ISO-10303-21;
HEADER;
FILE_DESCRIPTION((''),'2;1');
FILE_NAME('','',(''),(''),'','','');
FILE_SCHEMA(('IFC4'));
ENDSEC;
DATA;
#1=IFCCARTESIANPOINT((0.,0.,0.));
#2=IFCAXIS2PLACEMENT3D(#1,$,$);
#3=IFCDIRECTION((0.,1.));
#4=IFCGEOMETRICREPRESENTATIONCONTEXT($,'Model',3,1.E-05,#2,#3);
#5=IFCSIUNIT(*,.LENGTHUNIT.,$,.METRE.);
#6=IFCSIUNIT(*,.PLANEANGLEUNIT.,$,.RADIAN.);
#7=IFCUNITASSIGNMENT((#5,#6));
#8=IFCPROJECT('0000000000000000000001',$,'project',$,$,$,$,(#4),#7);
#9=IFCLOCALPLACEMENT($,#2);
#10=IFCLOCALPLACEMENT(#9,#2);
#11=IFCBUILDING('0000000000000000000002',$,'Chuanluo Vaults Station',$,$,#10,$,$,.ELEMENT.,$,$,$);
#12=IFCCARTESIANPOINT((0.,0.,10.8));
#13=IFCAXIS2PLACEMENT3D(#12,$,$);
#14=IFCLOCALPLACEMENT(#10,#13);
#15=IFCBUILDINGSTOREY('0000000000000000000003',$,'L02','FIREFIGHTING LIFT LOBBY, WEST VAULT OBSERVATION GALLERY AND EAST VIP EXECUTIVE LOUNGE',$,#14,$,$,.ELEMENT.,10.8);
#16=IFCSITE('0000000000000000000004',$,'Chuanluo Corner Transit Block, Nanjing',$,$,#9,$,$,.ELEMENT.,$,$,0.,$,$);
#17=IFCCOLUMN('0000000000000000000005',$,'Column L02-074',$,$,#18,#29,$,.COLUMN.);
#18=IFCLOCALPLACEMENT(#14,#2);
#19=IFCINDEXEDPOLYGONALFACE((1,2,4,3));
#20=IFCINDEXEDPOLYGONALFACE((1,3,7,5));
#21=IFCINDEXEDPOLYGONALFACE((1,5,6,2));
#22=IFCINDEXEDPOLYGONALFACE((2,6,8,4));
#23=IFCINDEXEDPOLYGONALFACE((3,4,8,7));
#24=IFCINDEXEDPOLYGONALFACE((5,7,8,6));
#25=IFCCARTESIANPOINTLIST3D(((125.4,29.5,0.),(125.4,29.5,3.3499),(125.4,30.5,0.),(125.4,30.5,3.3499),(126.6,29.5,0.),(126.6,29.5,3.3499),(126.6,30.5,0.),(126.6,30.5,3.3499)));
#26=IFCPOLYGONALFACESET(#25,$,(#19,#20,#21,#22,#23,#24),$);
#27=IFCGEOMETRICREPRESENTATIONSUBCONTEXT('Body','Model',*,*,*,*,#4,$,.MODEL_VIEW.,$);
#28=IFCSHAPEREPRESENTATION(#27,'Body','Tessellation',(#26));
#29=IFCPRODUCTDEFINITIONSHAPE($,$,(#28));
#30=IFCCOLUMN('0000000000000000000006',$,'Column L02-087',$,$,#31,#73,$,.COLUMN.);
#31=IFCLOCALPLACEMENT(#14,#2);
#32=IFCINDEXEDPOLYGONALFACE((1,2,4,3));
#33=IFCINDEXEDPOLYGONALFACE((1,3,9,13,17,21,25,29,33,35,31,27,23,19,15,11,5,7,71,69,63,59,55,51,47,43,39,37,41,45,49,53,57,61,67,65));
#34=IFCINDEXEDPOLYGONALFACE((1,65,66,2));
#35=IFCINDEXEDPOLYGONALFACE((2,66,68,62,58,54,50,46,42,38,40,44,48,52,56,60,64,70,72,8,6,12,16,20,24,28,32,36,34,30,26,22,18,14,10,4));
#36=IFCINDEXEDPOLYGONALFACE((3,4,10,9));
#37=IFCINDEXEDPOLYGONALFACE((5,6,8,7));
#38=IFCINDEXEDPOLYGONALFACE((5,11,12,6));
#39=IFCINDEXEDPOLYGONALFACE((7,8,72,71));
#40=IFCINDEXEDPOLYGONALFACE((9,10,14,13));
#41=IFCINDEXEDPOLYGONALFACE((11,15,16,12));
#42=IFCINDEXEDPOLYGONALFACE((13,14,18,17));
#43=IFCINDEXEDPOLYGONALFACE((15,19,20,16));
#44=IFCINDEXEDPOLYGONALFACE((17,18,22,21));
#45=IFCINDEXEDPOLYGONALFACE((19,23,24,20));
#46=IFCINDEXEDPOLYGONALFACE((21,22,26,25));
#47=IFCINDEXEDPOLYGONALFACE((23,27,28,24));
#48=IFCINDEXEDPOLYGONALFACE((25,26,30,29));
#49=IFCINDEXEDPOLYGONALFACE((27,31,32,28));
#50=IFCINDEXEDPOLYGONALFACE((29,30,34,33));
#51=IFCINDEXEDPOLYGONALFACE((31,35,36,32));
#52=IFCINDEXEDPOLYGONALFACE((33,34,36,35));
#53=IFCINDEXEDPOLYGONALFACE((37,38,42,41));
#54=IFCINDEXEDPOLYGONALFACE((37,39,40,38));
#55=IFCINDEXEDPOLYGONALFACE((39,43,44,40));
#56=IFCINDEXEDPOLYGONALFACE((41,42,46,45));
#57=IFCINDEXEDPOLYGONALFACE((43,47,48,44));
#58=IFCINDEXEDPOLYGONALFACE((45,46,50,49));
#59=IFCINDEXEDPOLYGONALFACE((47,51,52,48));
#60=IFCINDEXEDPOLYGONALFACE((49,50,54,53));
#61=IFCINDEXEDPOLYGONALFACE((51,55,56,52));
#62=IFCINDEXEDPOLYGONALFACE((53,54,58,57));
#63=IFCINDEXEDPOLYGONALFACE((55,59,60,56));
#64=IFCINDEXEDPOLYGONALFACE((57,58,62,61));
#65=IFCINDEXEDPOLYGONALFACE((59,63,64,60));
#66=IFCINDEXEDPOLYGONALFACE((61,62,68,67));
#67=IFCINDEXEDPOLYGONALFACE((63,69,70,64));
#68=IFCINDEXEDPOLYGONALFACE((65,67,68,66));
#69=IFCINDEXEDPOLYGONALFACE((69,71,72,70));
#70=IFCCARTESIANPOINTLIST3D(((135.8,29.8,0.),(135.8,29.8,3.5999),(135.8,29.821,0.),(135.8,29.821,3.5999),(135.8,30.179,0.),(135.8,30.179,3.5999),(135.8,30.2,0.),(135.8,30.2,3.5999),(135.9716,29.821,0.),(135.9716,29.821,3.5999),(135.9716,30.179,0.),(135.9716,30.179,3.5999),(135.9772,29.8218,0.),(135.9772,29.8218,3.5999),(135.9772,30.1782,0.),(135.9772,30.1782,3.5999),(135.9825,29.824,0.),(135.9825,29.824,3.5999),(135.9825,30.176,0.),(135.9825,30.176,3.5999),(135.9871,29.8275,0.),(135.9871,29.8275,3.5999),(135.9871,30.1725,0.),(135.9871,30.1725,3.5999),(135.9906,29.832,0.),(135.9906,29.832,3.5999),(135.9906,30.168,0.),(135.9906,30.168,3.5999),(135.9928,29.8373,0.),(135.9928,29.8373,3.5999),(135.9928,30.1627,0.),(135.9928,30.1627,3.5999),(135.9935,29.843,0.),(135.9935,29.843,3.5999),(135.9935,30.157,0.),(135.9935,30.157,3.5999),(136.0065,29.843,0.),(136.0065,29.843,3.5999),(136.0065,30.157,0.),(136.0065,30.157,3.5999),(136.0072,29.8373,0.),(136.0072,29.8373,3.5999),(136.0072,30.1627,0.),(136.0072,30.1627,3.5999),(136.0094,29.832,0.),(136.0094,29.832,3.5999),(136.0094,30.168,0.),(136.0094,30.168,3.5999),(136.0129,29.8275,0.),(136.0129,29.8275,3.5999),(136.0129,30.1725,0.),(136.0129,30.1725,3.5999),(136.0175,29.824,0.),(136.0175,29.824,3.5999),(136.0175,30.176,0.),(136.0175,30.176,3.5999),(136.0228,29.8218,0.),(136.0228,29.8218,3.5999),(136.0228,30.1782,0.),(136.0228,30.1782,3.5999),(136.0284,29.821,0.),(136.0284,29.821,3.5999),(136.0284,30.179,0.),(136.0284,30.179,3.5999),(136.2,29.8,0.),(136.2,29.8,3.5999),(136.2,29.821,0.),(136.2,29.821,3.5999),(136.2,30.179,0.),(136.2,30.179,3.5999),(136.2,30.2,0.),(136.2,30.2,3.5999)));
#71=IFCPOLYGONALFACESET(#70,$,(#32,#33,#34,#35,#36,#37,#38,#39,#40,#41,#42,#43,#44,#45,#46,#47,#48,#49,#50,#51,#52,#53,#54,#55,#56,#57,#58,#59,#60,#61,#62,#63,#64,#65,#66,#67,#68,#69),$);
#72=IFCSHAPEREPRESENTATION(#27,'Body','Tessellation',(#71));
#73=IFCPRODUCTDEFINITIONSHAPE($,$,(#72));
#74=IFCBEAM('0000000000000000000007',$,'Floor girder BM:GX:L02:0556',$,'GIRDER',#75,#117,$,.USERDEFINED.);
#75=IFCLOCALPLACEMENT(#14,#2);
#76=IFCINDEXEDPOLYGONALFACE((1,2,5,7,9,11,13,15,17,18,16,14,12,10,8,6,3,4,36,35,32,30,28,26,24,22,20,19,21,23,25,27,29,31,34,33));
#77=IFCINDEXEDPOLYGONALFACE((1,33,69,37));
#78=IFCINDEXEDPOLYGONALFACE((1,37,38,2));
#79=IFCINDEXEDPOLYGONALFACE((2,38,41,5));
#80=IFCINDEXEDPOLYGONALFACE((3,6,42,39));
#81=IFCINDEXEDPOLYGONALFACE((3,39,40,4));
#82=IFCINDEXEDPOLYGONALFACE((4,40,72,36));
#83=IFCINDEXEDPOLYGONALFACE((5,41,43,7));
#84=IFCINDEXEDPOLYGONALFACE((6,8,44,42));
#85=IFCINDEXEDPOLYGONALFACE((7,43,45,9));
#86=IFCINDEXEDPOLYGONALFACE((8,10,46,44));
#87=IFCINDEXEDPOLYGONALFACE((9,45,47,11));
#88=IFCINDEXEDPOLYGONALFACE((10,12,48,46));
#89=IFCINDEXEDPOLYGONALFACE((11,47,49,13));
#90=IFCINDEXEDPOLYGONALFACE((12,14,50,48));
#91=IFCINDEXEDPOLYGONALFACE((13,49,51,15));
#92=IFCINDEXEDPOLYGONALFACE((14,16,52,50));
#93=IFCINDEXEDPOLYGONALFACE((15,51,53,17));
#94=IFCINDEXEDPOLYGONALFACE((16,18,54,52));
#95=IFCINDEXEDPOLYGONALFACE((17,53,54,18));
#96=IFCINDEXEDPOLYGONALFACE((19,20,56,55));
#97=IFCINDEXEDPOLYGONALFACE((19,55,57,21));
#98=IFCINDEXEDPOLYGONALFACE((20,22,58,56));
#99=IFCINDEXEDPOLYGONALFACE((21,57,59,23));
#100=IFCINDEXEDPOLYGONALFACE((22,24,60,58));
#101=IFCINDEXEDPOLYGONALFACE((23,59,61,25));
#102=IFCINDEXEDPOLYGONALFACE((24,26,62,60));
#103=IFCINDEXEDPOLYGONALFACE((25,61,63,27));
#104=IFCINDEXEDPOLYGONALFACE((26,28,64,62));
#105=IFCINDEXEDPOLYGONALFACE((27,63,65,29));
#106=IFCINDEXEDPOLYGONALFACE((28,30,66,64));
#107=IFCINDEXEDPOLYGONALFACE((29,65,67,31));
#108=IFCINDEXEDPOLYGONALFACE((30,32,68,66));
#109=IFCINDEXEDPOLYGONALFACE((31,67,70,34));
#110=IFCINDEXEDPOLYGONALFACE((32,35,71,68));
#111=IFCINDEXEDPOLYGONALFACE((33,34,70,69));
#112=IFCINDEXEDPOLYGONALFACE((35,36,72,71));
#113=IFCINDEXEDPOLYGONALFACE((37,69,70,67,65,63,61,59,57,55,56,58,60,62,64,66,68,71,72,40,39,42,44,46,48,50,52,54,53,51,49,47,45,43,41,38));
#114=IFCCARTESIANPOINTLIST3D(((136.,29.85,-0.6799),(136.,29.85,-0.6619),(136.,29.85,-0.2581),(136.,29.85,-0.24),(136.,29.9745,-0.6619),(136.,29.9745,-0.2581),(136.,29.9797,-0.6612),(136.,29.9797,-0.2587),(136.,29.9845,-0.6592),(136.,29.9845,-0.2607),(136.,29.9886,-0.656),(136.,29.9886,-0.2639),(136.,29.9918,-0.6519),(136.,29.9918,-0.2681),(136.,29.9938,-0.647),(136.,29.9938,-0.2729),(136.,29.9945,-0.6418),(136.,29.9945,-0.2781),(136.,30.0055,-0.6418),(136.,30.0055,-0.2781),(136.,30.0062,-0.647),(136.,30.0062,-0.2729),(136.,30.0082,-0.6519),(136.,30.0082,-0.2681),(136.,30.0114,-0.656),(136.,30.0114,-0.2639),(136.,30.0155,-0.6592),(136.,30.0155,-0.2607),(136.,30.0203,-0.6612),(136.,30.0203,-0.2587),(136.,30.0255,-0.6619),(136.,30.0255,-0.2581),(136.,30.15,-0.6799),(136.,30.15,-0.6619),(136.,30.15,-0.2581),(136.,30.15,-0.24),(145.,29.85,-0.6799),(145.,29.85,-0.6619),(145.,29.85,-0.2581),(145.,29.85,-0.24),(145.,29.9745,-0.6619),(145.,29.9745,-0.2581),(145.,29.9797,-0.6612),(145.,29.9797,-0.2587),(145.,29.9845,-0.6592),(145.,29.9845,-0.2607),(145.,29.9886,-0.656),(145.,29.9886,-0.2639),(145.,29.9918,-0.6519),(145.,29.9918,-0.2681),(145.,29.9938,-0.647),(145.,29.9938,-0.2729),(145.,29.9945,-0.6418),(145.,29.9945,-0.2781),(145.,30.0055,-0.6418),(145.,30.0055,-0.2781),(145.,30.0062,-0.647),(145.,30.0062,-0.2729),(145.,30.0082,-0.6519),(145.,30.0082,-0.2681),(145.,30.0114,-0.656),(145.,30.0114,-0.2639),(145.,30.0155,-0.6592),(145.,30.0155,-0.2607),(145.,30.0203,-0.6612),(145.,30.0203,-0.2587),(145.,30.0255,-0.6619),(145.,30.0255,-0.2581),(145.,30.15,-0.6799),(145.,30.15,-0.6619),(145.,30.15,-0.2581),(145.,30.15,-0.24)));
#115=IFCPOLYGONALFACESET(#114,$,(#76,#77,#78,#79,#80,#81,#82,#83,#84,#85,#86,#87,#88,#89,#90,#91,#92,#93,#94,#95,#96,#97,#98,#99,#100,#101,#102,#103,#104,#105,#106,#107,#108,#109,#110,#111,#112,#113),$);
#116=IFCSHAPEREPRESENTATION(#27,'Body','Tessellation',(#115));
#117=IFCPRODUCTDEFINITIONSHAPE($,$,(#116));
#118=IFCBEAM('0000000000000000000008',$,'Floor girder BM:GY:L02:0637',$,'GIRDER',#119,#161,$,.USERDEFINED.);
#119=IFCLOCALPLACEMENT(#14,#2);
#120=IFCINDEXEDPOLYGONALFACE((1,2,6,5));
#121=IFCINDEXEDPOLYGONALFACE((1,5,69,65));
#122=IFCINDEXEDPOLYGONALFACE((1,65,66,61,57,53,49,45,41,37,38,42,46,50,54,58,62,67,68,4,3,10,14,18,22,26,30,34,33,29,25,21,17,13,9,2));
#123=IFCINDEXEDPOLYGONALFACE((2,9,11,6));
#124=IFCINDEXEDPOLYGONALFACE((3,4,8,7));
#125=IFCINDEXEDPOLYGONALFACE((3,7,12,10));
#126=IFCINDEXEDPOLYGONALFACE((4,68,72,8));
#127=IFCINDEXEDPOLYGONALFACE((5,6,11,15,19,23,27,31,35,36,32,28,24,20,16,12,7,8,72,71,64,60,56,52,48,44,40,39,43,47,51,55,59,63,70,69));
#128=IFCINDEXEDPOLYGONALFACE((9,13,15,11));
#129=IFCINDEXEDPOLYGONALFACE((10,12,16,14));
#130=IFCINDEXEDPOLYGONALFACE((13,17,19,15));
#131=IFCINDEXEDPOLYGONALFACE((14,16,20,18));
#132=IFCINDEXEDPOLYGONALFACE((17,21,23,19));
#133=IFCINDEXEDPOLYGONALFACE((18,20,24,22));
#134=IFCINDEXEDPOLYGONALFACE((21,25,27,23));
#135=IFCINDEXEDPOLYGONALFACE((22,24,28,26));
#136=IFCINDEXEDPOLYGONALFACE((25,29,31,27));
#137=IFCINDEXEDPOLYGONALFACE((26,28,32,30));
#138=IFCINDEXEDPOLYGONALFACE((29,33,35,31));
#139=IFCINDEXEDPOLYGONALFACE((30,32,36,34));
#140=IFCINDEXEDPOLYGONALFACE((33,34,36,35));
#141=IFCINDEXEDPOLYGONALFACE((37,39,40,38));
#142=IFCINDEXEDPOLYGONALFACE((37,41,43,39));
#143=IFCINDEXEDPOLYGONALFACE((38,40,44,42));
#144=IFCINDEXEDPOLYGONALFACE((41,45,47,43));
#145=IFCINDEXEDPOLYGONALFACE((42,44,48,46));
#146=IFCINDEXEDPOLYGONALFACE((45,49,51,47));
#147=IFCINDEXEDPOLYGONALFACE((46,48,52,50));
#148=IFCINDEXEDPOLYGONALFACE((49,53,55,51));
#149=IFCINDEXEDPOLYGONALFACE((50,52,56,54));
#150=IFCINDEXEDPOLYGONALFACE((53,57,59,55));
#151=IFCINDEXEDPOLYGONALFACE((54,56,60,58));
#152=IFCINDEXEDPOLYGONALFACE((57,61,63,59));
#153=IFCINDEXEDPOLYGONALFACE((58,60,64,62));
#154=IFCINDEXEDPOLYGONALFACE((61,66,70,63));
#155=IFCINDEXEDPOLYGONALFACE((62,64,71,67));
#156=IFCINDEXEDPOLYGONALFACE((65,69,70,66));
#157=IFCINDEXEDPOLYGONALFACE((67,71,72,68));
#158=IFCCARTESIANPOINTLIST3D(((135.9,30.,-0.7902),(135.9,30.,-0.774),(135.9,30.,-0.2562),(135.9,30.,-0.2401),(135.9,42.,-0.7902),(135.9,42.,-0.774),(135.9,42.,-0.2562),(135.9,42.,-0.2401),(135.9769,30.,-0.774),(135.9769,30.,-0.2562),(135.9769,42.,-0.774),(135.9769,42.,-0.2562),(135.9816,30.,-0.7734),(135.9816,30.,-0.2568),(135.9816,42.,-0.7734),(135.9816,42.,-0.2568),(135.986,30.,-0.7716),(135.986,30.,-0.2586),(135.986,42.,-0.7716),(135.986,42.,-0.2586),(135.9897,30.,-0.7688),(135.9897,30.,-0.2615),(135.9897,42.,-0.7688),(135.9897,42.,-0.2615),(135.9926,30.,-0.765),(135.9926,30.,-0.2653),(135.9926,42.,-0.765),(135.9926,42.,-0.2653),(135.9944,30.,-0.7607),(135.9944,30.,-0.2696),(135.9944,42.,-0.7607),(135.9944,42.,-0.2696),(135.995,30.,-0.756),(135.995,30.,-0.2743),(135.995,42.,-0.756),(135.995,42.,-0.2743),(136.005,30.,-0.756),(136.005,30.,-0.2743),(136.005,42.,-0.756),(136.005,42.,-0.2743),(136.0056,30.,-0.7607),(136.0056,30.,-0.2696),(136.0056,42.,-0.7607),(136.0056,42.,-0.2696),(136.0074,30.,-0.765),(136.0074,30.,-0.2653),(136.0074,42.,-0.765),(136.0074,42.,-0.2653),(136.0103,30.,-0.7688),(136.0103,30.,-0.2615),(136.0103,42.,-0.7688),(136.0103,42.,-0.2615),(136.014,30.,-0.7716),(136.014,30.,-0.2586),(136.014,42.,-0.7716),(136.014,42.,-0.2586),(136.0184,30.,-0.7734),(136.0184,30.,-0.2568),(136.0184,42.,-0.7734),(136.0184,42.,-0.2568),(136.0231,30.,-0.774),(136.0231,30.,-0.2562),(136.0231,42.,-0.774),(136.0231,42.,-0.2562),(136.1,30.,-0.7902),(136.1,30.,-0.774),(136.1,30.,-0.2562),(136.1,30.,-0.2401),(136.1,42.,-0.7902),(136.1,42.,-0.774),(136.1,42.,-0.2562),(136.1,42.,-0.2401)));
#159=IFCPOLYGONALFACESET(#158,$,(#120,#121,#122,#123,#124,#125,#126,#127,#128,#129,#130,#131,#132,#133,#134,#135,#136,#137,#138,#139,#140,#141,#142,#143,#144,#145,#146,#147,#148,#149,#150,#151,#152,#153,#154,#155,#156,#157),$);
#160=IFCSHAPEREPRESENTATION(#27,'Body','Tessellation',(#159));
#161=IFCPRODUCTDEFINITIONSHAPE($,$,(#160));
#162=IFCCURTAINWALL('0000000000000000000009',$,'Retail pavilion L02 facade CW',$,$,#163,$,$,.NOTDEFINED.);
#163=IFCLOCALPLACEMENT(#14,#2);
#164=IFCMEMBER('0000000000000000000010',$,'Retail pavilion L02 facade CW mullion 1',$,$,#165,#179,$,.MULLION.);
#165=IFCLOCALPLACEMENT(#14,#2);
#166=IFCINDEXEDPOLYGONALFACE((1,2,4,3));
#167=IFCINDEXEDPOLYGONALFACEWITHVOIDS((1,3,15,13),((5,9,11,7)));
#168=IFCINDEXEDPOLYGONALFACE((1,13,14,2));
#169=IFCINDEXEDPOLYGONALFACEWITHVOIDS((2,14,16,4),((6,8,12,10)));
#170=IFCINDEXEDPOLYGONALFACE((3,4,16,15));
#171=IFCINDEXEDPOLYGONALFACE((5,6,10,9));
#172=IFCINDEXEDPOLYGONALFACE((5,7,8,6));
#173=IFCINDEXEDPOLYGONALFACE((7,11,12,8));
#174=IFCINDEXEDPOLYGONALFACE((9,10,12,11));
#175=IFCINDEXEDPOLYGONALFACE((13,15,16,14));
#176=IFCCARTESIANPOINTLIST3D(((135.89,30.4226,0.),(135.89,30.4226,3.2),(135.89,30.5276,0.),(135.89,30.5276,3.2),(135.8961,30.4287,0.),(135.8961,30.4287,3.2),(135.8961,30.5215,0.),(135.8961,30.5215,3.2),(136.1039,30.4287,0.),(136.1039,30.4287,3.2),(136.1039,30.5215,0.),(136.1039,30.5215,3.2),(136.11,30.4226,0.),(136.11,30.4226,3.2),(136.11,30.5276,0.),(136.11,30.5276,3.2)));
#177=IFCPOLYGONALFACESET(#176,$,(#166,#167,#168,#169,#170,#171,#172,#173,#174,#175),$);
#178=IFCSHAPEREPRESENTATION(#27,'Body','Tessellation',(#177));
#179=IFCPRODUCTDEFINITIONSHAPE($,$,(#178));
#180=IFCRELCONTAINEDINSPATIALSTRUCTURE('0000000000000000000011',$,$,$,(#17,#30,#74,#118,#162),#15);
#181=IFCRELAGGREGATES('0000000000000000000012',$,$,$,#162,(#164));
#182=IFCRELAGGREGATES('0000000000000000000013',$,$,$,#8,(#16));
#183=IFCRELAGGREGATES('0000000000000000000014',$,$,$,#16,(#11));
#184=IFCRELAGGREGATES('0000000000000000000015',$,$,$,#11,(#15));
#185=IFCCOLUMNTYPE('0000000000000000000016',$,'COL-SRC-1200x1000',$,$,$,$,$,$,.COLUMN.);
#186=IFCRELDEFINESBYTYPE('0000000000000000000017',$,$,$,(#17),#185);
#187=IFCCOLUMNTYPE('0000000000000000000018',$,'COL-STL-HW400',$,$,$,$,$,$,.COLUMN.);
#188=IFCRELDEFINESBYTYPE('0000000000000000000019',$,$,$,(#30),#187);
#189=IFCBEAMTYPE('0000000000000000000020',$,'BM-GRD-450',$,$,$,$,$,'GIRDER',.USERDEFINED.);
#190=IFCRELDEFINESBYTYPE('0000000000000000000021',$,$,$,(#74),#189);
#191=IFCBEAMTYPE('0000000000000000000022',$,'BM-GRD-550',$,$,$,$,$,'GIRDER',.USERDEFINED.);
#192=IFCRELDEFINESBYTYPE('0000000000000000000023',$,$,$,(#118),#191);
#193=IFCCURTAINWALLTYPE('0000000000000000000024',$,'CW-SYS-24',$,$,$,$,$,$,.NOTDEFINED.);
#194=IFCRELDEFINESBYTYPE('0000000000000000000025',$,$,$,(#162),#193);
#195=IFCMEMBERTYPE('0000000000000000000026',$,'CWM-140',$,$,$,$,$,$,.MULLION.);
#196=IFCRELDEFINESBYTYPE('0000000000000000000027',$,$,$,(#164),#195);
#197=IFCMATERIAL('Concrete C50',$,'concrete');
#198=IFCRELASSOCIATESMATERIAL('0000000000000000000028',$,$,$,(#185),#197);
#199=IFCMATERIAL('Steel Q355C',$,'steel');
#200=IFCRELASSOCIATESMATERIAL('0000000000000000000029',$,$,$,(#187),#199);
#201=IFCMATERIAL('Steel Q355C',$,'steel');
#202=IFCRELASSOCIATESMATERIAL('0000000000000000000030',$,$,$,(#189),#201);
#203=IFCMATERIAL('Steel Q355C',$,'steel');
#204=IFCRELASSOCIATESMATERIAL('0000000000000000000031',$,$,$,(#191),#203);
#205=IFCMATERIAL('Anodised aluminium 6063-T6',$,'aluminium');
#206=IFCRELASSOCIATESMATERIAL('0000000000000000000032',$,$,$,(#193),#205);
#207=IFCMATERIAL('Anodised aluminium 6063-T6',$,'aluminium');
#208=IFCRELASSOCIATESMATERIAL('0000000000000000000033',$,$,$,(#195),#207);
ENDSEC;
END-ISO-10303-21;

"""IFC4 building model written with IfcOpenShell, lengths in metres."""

from ifc_helpers import new_model, si_unit, direction, frame, origin, origin_2d, place, context, subcontext, project, spatial, rectangle, hollow_rectangle, i_section, extrude, material, material_profile, profile_set, type_object, element, aggregate, save


model = new_model("IFC4")

# Units and contexts
model_context = context("Model", 3, precision=1e-05, world=origin(), true_north=direction((0.0, 1.0)))
body_context = subcontext(model_context, "Body", "Model", "MODEL_VIEW")
ifc_project = project(units=[si_unit("LENGTHUNIT", "METRE"), si_unit("PLANEANGLEUNIT", "RADIAN")], contexts=[model_context])

# Site, building, storey
site_placement = place(None, origin())
site = spatial("IfcSite", under=ifc_project, at=site_placement, Name="Chuanluo Corner Transit Block, Nanjing", CompositionType="ELEMENT", RefElevation=0.0)
building_placement = place(site_placement, origin())
building = spatial("IfcBuilding", under=site, at=building_placement, Name="Chuanluo Vaults Station", CompositionType="ELEMENT")
storey_placement = place(building_placement, frame((0.0, 0.0, 10.8)))
storey = spatial("IfcBuildingStorey", under=building, at=storey_placement, Name="L02", Description="FIREFIGHTING LIFT LOBBY, WEST VAULT OBSERVATION GALLERY AND EAST VIP EXECUTIVE LOUNGE", CompositionType="ELEMENT", Elevation=10.8)

# Columns
ifc_material_1 = material(Name="Concrete C50", Category="concrete")
ifc_material_profile_1 = material_profile(ifc_material_1, rectangle(XDim=1.2, YDim=1.0, at=origin_2d()))
ifc_profile_set_1 = profile_set([ifc_material_profile_1], Name="Concrete C50")
column_type_1 = type_object("IfcColumnType", Name="COL-SRC-1200x1000", PredefinedType="COLUMN", material=ifc_profile_set_1)
column_1_placement = place(storey_placement, frame((126.0, 30.0, 0.0), z_axis=(0.0, 0.0, 1.0), x_axis=(1.0, 0.0, 0.0)))
element("IfcColumn", 1, at=column_1_placement, inside=storey, type_object=column_type_1, Name="Column L02-074", PredefinedType="COLUMN", context=body_context, shape_type="SweptSolid", body=[
    extrude(rectangle(XDim=1.2, YDim=1.0, at=origin_2d()), origin(), (0.0, 0.0, 1.0), 3.3499),
])
ifc_material_2 = material(Name="Steel Q355C", Category="steel")
ifc_material_profile_2 = material_profile(ifc_material_2, i_section(OverallWidth=0.3999, OverallDepth=0.3999, WebThickness=0.0129, FlangeThickness=0.021, FilletRadius=0.022, at=origin_2d()))
ifc_profile_set_2 = profile_set([ifc_material_profile_2], Name="Steel Q355C")
column_type_2 = type_object("IfcColumnType", Name="COL-STL-HW400", PredefinedType="COLUMN", material=ifc_profile_set_2)
column_2_placement = place(storey_placement, frame((136.0, 30.0, 0.0), z_axis=(0.0, 0.0, 1.0), x_axis=(1.0, 0.0, 0.0)))
element("IfcColumn", 2, at=column_2_placement, inside=storey, type_object=column_type_2, Name="Column L02-087", PredefinedType="COLUMN", context=body_context, shape_type="SweptSolid", body=[
    extrude(i_section(OverallWidth=0.3999, OverallDepth=0.3999, WebThickness=0.0129, FlangeThickness=0.021, FilletRadius=0.022, at=origin_2d()), origin(), (0.0, 0.0, 1.0), 3.5999),
])

# Beams
ifc_material_3 = material(Name="Steel Q355C", Category="steel")
ifc_material_profile_3 = material_profile(ifc_material_3, i_section(OverallWidth=0.3, OverallDepth=0.4399, WebThickness=0.011, FlangeThickness=0.0181, FilletRadius=0.02, at=origin_2d()))
ifc_profile_set_3 = profile_set([ifc_material_profile_3], Name="Steel Q355C")
beam_type_1 = type_object("IfcBeamType", Name="BM-GRD-450", ElementType="GIRDER", PredefinedType="USERDEFINED", material=ifc_profile_set_3)
beam_1_placement = place(storey_placement, frame((136.0, 30.0, -0.46), z_axis=(1.0, 0.0, 0.0), x_axis=(0.0, 1.0, 0.0)))
element("IfcBeam", 3, at=beam_1_placement, inside=storey, type_object=beam_type_1, Name="Floor girder BM:GX:L02:0556", ObjectType="GIRDER", PredefinedType="USERDEFINED", context=body_context, shape_type="SweptSolid", body=[
    extrude(i_section(OverallWidth=0.3, OverallDepth=0.4399, WebThickness=0.011, FlangeThickness=0.0181, FilletRadius=0.02, at=origin_2d()), origin(), (0.0, 0.0, 1.0), 9.0),
])
ifc_material_4 = material(Name="Steel Q355C", Category="steel")
ifc_material_profile_4 = material_profile(ifc_material_4, i_section(OverallWidth=0.2, OverallDepth=0.55, WebThickness=0.01, FlangeThickness=0.0161, FilletRadius=0.0181, at=origin_2d()))
ifc_profile_set_4 = profile_set([ifc_material_profile_4], Name="Steel Q355C")
beam_type_2 = type_object("IfcBeamType", Name="BM-GRD-550", ElementType="GIRDER", PredefinedType="USERDEFINED", material=ifc_profile_set_4)
beam_2_placement = place(storey_placement, frame((136.0, 30.0, -0.5151), z_axis=(0.0, 1.0, 0.0), x_axis=(-1.0, 0.0, 0.0)))
element("IfcBeam", 4, at=beam_2_placement, inside=storey, type_object=beam_type_2, Name="Floor girder BM:GY:L02:0637", ObjectType="GIRDER", PredefinedType="USERDEFINED", context=body_context, shape_type="SweptSolid", body=[
    extrude(i_section(OverallWidth=0.2, OverallDepth=0.55, WebThickness=0.01, FlangeThickness=0.0161, FilletRadius=0.0181, at=origin_2d()), origin(), (0.0, 0.0, 1.0), 12.0),
])

# Curtain wall, member
ifc_material_5 = material(Name="Anodised aluminium 6063-T6", Category="aluminium")
curtain_wall_type_1 = type_object("IfcCurtainWallType", Name="CW-SYS-24", PredefinedType="NOTDEFINED", material=ifc_material_5)
curtain_wall_1_placement = place(storey_placement, origin())
curtain_wall_1 = element("IfcCurtainWall", 5, at=curtain_wall_1_placement, inside=storey, type_object=curtain_wall_type_1, Name="Retail pavilion L02 facade CW", PredefinedType="NOTDEFINED")
ifc_material_6 = material(Name="Anodised aluminium 6063-T6", Category="aluminium")
ifc_material_profile_5 = material_profile(ifc_material_6, hollow_rectangle(XDim=0.105, YDim=0.22, WallThickness=0.0061, at=origin_2d()))
ifc_profile_set_5 = profile_set([ifc_material_profile_5], Name="Anodised aluminium 6063-T6")
member_type_1 = type_object("IfcMemberType", Name="CWM-140", PredefinedType="MULLION", material=ifc_profile_set_5)
member_1_placement = place(storey_placement, frame((136.0, 30.4751, 0.0), z_axis=(0.0, 0.0, 1.0), x_axis=(0.0, 1.0, 0.0)))
member_1 = element("IfcMember", 6, at=member_1_placement, type_object=member_type_1, Name="Retail pavilion L02 facade CW mullion 1", PredefinedType="MULLION", context=body_context, shape_type="SweptSolid", body=[
    extrude(hollow_rectangle(XDim=0.105, YDim=0.22, WallThickness=0.0061, at=origin_2d()), origin(), (0.0, 0.0, 1.0), 3.2),
])
aggregate(curtain_wall_1, [member_1])

save(model, "model.ifc")
